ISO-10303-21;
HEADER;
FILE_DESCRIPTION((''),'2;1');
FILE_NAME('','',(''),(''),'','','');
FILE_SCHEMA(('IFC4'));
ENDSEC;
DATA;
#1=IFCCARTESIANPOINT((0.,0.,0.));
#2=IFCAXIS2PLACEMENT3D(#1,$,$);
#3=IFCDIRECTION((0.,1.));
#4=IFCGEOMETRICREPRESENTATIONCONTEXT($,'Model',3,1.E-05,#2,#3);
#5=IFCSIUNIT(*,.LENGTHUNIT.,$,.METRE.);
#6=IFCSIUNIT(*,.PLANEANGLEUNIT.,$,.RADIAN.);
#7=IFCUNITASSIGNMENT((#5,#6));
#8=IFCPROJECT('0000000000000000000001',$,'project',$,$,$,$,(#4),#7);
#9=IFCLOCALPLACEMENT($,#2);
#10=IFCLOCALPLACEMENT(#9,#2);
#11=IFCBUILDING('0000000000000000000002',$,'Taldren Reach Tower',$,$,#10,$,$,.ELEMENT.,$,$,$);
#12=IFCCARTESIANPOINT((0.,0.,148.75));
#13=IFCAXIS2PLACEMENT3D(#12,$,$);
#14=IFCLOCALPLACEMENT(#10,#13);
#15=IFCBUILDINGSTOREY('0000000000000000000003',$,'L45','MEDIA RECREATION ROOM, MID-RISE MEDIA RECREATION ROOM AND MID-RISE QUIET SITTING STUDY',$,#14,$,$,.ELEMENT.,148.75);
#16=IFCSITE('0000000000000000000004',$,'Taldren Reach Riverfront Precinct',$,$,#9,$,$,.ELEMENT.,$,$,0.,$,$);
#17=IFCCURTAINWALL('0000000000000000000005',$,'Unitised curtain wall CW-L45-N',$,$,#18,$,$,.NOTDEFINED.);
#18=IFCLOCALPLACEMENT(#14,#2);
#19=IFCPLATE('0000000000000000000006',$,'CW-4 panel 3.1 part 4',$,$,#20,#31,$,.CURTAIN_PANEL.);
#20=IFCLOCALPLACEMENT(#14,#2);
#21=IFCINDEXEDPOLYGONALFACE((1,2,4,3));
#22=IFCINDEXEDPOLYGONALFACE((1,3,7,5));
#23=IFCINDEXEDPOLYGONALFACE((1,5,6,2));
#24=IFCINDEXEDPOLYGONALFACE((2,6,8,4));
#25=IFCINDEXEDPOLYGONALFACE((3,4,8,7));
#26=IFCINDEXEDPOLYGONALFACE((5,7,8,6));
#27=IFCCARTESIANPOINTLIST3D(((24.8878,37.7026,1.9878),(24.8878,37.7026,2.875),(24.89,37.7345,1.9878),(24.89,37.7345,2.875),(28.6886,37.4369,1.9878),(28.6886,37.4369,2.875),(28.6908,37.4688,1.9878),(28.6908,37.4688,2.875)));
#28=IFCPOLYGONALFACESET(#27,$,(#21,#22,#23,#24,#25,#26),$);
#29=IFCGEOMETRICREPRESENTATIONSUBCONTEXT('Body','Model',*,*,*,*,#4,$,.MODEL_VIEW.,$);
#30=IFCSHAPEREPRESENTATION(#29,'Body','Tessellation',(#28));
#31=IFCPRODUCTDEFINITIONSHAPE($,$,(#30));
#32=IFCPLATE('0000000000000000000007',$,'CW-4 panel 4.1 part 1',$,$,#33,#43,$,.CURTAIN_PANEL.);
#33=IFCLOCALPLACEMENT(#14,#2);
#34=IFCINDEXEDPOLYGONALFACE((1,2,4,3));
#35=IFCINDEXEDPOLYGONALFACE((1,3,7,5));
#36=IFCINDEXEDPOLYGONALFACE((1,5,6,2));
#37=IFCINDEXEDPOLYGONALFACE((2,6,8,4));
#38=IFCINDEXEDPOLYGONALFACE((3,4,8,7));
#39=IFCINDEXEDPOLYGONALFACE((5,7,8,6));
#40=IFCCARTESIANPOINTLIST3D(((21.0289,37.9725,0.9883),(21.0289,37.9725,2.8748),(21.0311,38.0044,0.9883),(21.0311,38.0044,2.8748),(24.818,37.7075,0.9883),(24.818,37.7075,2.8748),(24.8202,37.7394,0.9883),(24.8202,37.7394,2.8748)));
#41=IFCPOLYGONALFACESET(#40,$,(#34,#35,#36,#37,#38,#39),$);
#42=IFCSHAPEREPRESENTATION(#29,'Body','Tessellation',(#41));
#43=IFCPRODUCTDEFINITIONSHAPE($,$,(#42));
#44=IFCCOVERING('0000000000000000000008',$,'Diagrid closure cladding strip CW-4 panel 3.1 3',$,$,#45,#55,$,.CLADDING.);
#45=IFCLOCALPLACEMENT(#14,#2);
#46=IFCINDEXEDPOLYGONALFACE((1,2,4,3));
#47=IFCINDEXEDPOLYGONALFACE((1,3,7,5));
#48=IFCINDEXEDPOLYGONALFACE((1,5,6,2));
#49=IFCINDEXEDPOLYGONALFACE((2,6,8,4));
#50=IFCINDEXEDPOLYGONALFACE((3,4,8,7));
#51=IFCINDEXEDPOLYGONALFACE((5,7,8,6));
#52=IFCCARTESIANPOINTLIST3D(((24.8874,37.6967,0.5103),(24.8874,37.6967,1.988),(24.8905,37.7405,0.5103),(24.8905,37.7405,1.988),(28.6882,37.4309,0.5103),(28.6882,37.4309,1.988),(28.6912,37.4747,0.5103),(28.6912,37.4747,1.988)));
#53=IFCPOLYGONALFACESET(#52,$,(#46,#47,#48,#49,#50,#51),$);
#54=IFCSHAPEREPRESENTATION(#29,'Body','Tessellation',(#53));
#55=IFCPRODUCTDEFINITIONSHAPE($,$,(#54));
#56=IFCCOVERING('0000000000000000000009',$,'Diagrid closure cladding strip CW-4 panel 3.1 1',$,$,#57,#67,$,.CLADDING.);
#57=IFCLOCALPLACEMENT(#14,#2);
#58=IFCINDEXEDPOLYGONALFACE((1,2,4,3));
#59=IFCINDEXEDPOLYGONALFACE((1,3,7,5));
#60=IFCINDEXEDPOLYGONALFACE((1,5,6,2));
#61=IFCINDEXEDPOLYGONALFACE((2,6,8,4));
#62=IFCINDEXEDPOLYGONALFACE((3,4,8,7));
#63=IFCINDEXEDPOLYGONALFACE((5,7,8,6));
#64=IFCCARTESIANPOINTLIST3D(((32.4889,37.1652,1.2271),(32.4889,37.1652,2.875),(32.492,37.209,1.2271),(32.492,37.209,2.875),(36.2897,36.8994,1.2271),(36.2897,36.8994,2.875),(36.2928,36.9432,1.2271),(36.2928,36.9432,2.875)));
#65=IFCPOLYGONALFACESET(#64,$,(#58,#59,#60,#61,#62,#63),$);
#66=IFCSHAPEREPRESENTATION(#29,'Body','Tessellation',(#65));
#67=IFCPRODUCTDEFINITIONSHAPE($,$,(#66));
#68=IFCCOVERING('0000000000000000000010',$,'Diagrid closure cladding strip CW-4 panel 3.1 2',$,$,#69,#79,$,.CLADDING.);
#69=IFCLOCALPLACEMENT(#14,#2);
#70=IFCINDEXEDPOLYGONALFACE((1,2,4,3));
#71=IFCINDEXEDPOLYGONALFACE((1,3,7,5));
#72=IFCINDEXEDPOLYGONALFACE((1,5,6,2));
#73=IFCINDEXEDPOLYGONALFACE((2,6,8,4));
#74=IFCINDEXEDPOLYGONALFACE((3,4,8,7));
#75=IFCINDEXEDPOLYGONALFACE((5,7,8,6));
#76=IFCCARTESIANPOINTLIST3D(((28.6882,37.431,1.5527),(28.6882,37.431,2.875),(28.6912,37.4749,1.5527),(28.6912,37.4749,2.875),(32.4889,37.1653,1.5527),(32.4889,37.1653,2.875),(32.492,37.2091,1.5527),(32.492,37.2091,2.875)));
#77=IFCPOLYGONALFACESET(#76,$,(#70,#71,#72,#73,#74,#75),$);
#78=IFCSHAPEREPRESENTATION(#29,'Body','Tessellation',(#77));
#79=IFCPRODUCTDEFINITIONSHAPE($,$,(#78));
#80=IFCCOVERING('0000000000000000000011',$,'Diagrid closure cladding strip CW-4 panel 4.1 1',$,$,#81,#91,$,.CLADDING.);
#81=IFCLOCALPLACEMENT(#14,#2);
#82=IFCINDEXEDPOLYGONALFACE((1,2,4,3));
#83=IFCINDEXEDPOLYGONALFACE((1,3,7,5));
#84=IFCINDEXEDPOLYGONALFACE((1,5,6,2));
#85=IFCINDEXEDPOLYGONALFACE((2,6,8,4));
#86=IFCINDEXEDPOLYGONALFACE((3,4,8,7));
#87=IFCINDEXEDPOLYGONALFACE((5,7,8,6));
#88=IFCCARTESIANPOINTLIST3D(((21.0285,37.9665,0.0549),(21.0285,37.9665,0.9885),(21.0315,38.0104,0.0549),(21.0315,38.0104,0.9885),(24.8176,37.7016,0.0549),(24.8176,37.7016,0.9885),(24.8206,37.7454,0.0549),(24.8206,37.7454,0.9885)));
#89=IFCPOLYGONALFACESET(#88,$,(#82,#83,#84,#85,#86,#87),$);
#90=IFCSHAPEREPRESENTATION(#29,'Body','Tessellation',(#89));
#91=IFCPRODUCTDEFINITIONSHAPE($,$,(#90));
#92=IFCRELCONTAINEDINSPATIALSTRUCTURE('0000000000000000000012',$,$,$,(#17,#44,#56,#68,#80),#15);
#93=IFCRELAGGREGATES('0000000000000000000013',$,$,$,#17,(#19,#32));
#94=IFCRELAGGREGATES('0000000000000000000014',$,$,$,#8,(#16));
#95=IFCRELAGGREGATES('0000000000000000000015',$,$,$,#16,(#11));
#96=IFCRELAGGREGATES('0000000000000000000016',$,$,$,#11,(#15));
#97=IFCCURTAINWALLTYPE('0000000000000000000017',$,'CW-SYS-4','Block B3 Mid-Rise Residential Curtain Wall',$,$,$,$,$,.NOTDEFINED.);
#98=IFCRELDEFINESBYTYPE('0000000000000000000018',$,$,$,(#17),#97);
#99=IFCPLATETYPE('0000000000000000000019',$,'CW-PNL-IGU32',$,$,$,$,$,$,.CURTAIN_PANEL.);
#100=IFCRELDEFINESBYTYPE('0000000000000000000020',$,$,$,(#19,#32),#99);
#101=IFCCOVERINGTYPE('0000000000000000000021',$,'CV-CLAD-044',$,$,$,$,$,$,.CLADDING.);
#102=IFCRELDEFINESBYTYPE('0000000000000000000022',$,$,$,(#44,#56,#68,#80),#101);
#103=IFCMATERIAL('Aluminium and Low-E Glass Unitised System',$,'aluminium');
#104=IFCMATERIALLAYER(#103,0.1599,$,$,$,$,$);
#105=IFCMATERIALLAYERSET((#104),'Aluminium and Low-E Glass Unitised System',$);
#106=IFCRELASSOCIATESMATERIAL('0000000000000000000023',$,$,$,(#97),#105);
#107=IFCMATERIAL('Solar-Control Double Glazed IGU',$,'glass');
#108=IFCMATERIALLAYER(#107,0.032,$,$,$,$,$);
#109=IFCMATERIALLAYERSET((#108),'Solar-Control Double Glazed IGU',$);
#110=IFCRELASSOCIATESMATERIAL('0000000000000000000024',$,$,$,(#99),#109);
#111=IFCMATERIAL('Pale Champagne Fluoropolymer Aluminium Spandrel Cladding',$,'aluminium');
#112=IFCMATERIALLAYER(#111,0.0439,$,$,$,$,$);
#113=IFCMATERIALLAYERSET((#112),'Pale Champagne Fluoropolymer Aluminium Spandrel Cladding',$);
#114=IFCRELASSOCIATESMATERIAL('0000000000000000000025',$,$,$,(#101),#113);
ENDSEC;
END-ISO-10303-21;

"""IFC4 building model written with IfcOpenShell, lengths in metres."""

from ifc_helpers import new_model, si_unit, direction, frame, origin, origin_2d, place, context, subcontext, project, spatial, rectangle, extrude, source, transform, mapped, material, layer, layer_set, type_object, element, aggregate, save


model = new_model("IFC4")

# Units and contexts
model_context = context("Model", 3, precision=1e-05, world=origin(), true_north=direction((0.0, 1.0)))
body_context = subcontext(model_context, "Body", "Model", "MODEL_VIEW")
ifc_project = project(units=[si_unit("LENGTHUNIT", "METRE"), si_unit("PLANEANGLEUNIT", "RADIAN")], contexts=[model_context])

# Site, building, storey
site_placement = place(None, origin())
site = spatial("IfcSite", under=ifc_project, at=site_placement, Name="Taldren Reach Riverfront Precinct", CompositionType="ELEMENT", RefElevation=0.0)
building_placement = place(site_placement, origin())
building = spatial("IfcBuilding", under=site, at=building_placement, Name="Taldren Reach Tower", CompositionType="ELEMENT")
storey_placement = place(building_placement, frame((0.0, 0.0, 148.75)))
storey = spatial("IfcBuildingStorey", under=building, at=storey_placement, Name="L45", Description="MEDIA RECREATION ROOM, MID-RISE MEDIA RECREATION ROOM AND MID-RISE QUIET SITTING STUDY", CompositionType="ELEMENT", Elevation=148.75)

# Curtain wall
ifc_material_1 = material(Name="Aluminium and Low-E Glass Unitised System", Category="aluminium")
ifc_layer_1 = layer(ifc_material_1, 0.1599)
ifc_layer_set_1 = layer_set([ifc_layer_1], Name="Aluminium and Low-E Glass Unitised System")
curtain_wall_type = type_object("IfcCurtainWallType", Name="CW-SYS-4", Description="Block B3 Mid-Rise Residential Curtain Wall", PredefinedType="NOTDEFINED", material=ifc_layer_set_1)
curtain_wall_placement = place(storey_placement, origin())
curtain_wall = element("IfcCurtainWall", 1, at=curtain_wall_placement, inside=storey, type_object=curtain_wall_type, Name="Unitised curtain wall CW-L45-N", PredefinedType="NOTDEFINED")

# Plates
ifc_material_2 = material(Name="Solar-Control Double Glazed IGU", Category="glass")
ifc_layer_2 = layer(ifc_material_2, 0.032)
ifc_layer_set_2 = layer_set([ifc_layer_2], Name="Solar-Control Double Glazed IGU")
plate_type_1 = type_object("IfcPlateType", Name="CW-PNL-IGU32", PredefinedType="CURTAIN_PANEL", material=ifc_layer_set_2)
shared_shape_1 = source(origin(), body_context, "Body", "SweptSolid", [
    extrude(rectangle(XDim=3.8101, YDim=0.032, at=origin_2d()), origin(), (0.0, 0.0, 1.0), 0.8872),
])
plate_1_placement = place(storey_placement, frame((26.7893, 37.5857, 1.9878), z_axis=(0.0, 0.0, 1.0), x_axis=(-0.997564, 0.069757, 0.0)))
plate_1 = element("IfcPlate", 2, at=plate_1_placement, type_object=plate_type_1, Name="CW-4 panel 3.1 part 4", PredefinedType="CURTAIN_PANEL", context=body_context, shape_type="MappedRepresentation", body=[
    mapped(shared_shape_1, transform((0.0, 0.0, 0.0), scale=1.0)),
])
shared_shape_2 = source(origin(), body_context, "Body", "SweptSolid", [
    extrude(rectangle(XDim=3.7983, YDim=0.032, at=origin_2d()), origin(), (0.0, 0.0, 1.0), 1.8865),
])
plate_2_placement = place(storey_placement, frame((22.9246, 37.856, 0.9883), z_axis=(0.0, 0.0, 1.0), x_axis=(-0.997564, 0.069757, 0.0)))
plate_2 = element("IfcPlate", 3, at=plate_2_placement, type_object=plate_type_1, Name="CW-4 panel 4.1 part 1", PredefinedType="CURTAIN_PANEL", context=body_context, shape_type="MappedRepresentation", body=[
    mapped(shared_shape_2, transform((0.0, 0.0, 0.0), scale=1.0)),
])
aggregate(curtain_wall, [plate_1, plate_2])

# Coverings
ifc_material_3 = material(Name="Pale Champagne Fluoropolymer Aluminium Spandrel Cladding", Category="aluminium")
ifc_layer_3 = layer(ifc_material_3, 0.0439)
ifc_layer_set_3 = layer_set([ifc_layer_3], Name="Pale Champagne Fluoropolymer Aluminium Spandrel Cladding")
covering_type = type_object("IfcCoveringType", Name="CV-CLAD-044", PredefinedType="CLADDING", material=ifc_layer_set_3)
shared_shape_3 = source(origin(), body_context, "Body", "SweptSolid", [
    extrude(rectangle(XDim=3.8101, YDim=0.0439, at=origin_2d()), origin(), (0.0, 0.0, 1.0), 1.4778),
])
covering_1_placement = place(storey_placement, frame((26.7893, 37.5857, 0.5103), z_axis=(0.0, 0.0, 1.0), x_axis=(-0.997564, 0.069757, 0.0)))
element("IfcCovering", 4, at=covering_1_placement, inside=storey, type_object=covering_type, Name="Diagrid closure cladding strip CW-4 panel 3.1 3", PredefinedType="CLADDING", context=body_context, shape_type="MappedRepresentation", body=[
    mapped(shared_shape_3, transform((0.0, 0.0, 0.0), scale=1.0)),
])
shared_shape_4 = source(origin(), body_context, "Body", "SweptSolid", [
    extrude(rectangle(XDim=3.8101, YDim=0.0439, at=origin_2d()), origin(), (0.0, 0.0, 1.0), 1.6479),
])
covering_2_placement = place(storey_placement, frame((34.3909, 37.0542, 1.2271), z_axis=(0.0, 0.0, 1.0), x_axis=(-0.997564, 0.069757, 0.0)))
element("IfcCovering", 5, at=covering_2_placement, inside=storey, type_object=covering_type, Name="Diagrid closure cladding strip CW-4 panel 3.1 1", PredefinedType="CLADDING", context=body_context, shape_type="MappedRepresentation", body=[
    mapped(shared_shape_4, transform((0.0, 0.0, 0.0), scale=1.0)),
])
shared_shape_5 = source(origin(), body_context, "Body", "SweptSolid", [
    extrude(rectangle(XDim=3.8101, YDim=0.0439, at=origin_2d()), origin(), (0.0, 0.0, 1.0), 1.3223),
])
covering_3_placement = place(storey_placement, frame((30.5901, 37.3201, 1.5527), z_axis=(0.0, 0.0, 1.0), x_axis=(-0.997564, 0.069757, 0.0)))
element("IfcCovering", 6, at=covering_3_placement, inside=storey, type_object=covering_type, Name="Diagrid closure cladding strip CW-4 panel 3.1 2", PredefinedType="CLADDING", context=body_context, shape_type="MappedRepresentation", body=[
    mapped(shared_shape_5, transform((0.0, 0.0, 0.0), scale=1.0)),
])
shared_shape_6 = source(origin(), body_context, "Body", "SweptSolid", [
    extrude(rectangle(XDim=3.7983, YDim=0.0439, at=origin_2d()), origin(), (0.0, 0.0, 1.0), 0.9336),
])
covering_4_placement = place(storey_placement, frame((22.9246, 37.856, 0.0549), z_axis=(0.0, 0.0, 1.0), x_axis=(-0.997564, 0.069757, 0.0)))
element("IfcCovering", 7, at=covering_4_placement, inside=storey, type_object=covering_type, Name="Diagrid closure cladding strip CW-4 panel 4.1 1", PredefinedType="CLADDING", context=body_context, shape_type="MappedRepresentation", body=[
    mapped(shared_shape_6, transform((0.0, 0.0, 0.0), scale=1.0)),
])

save(model, "model.ifc")
